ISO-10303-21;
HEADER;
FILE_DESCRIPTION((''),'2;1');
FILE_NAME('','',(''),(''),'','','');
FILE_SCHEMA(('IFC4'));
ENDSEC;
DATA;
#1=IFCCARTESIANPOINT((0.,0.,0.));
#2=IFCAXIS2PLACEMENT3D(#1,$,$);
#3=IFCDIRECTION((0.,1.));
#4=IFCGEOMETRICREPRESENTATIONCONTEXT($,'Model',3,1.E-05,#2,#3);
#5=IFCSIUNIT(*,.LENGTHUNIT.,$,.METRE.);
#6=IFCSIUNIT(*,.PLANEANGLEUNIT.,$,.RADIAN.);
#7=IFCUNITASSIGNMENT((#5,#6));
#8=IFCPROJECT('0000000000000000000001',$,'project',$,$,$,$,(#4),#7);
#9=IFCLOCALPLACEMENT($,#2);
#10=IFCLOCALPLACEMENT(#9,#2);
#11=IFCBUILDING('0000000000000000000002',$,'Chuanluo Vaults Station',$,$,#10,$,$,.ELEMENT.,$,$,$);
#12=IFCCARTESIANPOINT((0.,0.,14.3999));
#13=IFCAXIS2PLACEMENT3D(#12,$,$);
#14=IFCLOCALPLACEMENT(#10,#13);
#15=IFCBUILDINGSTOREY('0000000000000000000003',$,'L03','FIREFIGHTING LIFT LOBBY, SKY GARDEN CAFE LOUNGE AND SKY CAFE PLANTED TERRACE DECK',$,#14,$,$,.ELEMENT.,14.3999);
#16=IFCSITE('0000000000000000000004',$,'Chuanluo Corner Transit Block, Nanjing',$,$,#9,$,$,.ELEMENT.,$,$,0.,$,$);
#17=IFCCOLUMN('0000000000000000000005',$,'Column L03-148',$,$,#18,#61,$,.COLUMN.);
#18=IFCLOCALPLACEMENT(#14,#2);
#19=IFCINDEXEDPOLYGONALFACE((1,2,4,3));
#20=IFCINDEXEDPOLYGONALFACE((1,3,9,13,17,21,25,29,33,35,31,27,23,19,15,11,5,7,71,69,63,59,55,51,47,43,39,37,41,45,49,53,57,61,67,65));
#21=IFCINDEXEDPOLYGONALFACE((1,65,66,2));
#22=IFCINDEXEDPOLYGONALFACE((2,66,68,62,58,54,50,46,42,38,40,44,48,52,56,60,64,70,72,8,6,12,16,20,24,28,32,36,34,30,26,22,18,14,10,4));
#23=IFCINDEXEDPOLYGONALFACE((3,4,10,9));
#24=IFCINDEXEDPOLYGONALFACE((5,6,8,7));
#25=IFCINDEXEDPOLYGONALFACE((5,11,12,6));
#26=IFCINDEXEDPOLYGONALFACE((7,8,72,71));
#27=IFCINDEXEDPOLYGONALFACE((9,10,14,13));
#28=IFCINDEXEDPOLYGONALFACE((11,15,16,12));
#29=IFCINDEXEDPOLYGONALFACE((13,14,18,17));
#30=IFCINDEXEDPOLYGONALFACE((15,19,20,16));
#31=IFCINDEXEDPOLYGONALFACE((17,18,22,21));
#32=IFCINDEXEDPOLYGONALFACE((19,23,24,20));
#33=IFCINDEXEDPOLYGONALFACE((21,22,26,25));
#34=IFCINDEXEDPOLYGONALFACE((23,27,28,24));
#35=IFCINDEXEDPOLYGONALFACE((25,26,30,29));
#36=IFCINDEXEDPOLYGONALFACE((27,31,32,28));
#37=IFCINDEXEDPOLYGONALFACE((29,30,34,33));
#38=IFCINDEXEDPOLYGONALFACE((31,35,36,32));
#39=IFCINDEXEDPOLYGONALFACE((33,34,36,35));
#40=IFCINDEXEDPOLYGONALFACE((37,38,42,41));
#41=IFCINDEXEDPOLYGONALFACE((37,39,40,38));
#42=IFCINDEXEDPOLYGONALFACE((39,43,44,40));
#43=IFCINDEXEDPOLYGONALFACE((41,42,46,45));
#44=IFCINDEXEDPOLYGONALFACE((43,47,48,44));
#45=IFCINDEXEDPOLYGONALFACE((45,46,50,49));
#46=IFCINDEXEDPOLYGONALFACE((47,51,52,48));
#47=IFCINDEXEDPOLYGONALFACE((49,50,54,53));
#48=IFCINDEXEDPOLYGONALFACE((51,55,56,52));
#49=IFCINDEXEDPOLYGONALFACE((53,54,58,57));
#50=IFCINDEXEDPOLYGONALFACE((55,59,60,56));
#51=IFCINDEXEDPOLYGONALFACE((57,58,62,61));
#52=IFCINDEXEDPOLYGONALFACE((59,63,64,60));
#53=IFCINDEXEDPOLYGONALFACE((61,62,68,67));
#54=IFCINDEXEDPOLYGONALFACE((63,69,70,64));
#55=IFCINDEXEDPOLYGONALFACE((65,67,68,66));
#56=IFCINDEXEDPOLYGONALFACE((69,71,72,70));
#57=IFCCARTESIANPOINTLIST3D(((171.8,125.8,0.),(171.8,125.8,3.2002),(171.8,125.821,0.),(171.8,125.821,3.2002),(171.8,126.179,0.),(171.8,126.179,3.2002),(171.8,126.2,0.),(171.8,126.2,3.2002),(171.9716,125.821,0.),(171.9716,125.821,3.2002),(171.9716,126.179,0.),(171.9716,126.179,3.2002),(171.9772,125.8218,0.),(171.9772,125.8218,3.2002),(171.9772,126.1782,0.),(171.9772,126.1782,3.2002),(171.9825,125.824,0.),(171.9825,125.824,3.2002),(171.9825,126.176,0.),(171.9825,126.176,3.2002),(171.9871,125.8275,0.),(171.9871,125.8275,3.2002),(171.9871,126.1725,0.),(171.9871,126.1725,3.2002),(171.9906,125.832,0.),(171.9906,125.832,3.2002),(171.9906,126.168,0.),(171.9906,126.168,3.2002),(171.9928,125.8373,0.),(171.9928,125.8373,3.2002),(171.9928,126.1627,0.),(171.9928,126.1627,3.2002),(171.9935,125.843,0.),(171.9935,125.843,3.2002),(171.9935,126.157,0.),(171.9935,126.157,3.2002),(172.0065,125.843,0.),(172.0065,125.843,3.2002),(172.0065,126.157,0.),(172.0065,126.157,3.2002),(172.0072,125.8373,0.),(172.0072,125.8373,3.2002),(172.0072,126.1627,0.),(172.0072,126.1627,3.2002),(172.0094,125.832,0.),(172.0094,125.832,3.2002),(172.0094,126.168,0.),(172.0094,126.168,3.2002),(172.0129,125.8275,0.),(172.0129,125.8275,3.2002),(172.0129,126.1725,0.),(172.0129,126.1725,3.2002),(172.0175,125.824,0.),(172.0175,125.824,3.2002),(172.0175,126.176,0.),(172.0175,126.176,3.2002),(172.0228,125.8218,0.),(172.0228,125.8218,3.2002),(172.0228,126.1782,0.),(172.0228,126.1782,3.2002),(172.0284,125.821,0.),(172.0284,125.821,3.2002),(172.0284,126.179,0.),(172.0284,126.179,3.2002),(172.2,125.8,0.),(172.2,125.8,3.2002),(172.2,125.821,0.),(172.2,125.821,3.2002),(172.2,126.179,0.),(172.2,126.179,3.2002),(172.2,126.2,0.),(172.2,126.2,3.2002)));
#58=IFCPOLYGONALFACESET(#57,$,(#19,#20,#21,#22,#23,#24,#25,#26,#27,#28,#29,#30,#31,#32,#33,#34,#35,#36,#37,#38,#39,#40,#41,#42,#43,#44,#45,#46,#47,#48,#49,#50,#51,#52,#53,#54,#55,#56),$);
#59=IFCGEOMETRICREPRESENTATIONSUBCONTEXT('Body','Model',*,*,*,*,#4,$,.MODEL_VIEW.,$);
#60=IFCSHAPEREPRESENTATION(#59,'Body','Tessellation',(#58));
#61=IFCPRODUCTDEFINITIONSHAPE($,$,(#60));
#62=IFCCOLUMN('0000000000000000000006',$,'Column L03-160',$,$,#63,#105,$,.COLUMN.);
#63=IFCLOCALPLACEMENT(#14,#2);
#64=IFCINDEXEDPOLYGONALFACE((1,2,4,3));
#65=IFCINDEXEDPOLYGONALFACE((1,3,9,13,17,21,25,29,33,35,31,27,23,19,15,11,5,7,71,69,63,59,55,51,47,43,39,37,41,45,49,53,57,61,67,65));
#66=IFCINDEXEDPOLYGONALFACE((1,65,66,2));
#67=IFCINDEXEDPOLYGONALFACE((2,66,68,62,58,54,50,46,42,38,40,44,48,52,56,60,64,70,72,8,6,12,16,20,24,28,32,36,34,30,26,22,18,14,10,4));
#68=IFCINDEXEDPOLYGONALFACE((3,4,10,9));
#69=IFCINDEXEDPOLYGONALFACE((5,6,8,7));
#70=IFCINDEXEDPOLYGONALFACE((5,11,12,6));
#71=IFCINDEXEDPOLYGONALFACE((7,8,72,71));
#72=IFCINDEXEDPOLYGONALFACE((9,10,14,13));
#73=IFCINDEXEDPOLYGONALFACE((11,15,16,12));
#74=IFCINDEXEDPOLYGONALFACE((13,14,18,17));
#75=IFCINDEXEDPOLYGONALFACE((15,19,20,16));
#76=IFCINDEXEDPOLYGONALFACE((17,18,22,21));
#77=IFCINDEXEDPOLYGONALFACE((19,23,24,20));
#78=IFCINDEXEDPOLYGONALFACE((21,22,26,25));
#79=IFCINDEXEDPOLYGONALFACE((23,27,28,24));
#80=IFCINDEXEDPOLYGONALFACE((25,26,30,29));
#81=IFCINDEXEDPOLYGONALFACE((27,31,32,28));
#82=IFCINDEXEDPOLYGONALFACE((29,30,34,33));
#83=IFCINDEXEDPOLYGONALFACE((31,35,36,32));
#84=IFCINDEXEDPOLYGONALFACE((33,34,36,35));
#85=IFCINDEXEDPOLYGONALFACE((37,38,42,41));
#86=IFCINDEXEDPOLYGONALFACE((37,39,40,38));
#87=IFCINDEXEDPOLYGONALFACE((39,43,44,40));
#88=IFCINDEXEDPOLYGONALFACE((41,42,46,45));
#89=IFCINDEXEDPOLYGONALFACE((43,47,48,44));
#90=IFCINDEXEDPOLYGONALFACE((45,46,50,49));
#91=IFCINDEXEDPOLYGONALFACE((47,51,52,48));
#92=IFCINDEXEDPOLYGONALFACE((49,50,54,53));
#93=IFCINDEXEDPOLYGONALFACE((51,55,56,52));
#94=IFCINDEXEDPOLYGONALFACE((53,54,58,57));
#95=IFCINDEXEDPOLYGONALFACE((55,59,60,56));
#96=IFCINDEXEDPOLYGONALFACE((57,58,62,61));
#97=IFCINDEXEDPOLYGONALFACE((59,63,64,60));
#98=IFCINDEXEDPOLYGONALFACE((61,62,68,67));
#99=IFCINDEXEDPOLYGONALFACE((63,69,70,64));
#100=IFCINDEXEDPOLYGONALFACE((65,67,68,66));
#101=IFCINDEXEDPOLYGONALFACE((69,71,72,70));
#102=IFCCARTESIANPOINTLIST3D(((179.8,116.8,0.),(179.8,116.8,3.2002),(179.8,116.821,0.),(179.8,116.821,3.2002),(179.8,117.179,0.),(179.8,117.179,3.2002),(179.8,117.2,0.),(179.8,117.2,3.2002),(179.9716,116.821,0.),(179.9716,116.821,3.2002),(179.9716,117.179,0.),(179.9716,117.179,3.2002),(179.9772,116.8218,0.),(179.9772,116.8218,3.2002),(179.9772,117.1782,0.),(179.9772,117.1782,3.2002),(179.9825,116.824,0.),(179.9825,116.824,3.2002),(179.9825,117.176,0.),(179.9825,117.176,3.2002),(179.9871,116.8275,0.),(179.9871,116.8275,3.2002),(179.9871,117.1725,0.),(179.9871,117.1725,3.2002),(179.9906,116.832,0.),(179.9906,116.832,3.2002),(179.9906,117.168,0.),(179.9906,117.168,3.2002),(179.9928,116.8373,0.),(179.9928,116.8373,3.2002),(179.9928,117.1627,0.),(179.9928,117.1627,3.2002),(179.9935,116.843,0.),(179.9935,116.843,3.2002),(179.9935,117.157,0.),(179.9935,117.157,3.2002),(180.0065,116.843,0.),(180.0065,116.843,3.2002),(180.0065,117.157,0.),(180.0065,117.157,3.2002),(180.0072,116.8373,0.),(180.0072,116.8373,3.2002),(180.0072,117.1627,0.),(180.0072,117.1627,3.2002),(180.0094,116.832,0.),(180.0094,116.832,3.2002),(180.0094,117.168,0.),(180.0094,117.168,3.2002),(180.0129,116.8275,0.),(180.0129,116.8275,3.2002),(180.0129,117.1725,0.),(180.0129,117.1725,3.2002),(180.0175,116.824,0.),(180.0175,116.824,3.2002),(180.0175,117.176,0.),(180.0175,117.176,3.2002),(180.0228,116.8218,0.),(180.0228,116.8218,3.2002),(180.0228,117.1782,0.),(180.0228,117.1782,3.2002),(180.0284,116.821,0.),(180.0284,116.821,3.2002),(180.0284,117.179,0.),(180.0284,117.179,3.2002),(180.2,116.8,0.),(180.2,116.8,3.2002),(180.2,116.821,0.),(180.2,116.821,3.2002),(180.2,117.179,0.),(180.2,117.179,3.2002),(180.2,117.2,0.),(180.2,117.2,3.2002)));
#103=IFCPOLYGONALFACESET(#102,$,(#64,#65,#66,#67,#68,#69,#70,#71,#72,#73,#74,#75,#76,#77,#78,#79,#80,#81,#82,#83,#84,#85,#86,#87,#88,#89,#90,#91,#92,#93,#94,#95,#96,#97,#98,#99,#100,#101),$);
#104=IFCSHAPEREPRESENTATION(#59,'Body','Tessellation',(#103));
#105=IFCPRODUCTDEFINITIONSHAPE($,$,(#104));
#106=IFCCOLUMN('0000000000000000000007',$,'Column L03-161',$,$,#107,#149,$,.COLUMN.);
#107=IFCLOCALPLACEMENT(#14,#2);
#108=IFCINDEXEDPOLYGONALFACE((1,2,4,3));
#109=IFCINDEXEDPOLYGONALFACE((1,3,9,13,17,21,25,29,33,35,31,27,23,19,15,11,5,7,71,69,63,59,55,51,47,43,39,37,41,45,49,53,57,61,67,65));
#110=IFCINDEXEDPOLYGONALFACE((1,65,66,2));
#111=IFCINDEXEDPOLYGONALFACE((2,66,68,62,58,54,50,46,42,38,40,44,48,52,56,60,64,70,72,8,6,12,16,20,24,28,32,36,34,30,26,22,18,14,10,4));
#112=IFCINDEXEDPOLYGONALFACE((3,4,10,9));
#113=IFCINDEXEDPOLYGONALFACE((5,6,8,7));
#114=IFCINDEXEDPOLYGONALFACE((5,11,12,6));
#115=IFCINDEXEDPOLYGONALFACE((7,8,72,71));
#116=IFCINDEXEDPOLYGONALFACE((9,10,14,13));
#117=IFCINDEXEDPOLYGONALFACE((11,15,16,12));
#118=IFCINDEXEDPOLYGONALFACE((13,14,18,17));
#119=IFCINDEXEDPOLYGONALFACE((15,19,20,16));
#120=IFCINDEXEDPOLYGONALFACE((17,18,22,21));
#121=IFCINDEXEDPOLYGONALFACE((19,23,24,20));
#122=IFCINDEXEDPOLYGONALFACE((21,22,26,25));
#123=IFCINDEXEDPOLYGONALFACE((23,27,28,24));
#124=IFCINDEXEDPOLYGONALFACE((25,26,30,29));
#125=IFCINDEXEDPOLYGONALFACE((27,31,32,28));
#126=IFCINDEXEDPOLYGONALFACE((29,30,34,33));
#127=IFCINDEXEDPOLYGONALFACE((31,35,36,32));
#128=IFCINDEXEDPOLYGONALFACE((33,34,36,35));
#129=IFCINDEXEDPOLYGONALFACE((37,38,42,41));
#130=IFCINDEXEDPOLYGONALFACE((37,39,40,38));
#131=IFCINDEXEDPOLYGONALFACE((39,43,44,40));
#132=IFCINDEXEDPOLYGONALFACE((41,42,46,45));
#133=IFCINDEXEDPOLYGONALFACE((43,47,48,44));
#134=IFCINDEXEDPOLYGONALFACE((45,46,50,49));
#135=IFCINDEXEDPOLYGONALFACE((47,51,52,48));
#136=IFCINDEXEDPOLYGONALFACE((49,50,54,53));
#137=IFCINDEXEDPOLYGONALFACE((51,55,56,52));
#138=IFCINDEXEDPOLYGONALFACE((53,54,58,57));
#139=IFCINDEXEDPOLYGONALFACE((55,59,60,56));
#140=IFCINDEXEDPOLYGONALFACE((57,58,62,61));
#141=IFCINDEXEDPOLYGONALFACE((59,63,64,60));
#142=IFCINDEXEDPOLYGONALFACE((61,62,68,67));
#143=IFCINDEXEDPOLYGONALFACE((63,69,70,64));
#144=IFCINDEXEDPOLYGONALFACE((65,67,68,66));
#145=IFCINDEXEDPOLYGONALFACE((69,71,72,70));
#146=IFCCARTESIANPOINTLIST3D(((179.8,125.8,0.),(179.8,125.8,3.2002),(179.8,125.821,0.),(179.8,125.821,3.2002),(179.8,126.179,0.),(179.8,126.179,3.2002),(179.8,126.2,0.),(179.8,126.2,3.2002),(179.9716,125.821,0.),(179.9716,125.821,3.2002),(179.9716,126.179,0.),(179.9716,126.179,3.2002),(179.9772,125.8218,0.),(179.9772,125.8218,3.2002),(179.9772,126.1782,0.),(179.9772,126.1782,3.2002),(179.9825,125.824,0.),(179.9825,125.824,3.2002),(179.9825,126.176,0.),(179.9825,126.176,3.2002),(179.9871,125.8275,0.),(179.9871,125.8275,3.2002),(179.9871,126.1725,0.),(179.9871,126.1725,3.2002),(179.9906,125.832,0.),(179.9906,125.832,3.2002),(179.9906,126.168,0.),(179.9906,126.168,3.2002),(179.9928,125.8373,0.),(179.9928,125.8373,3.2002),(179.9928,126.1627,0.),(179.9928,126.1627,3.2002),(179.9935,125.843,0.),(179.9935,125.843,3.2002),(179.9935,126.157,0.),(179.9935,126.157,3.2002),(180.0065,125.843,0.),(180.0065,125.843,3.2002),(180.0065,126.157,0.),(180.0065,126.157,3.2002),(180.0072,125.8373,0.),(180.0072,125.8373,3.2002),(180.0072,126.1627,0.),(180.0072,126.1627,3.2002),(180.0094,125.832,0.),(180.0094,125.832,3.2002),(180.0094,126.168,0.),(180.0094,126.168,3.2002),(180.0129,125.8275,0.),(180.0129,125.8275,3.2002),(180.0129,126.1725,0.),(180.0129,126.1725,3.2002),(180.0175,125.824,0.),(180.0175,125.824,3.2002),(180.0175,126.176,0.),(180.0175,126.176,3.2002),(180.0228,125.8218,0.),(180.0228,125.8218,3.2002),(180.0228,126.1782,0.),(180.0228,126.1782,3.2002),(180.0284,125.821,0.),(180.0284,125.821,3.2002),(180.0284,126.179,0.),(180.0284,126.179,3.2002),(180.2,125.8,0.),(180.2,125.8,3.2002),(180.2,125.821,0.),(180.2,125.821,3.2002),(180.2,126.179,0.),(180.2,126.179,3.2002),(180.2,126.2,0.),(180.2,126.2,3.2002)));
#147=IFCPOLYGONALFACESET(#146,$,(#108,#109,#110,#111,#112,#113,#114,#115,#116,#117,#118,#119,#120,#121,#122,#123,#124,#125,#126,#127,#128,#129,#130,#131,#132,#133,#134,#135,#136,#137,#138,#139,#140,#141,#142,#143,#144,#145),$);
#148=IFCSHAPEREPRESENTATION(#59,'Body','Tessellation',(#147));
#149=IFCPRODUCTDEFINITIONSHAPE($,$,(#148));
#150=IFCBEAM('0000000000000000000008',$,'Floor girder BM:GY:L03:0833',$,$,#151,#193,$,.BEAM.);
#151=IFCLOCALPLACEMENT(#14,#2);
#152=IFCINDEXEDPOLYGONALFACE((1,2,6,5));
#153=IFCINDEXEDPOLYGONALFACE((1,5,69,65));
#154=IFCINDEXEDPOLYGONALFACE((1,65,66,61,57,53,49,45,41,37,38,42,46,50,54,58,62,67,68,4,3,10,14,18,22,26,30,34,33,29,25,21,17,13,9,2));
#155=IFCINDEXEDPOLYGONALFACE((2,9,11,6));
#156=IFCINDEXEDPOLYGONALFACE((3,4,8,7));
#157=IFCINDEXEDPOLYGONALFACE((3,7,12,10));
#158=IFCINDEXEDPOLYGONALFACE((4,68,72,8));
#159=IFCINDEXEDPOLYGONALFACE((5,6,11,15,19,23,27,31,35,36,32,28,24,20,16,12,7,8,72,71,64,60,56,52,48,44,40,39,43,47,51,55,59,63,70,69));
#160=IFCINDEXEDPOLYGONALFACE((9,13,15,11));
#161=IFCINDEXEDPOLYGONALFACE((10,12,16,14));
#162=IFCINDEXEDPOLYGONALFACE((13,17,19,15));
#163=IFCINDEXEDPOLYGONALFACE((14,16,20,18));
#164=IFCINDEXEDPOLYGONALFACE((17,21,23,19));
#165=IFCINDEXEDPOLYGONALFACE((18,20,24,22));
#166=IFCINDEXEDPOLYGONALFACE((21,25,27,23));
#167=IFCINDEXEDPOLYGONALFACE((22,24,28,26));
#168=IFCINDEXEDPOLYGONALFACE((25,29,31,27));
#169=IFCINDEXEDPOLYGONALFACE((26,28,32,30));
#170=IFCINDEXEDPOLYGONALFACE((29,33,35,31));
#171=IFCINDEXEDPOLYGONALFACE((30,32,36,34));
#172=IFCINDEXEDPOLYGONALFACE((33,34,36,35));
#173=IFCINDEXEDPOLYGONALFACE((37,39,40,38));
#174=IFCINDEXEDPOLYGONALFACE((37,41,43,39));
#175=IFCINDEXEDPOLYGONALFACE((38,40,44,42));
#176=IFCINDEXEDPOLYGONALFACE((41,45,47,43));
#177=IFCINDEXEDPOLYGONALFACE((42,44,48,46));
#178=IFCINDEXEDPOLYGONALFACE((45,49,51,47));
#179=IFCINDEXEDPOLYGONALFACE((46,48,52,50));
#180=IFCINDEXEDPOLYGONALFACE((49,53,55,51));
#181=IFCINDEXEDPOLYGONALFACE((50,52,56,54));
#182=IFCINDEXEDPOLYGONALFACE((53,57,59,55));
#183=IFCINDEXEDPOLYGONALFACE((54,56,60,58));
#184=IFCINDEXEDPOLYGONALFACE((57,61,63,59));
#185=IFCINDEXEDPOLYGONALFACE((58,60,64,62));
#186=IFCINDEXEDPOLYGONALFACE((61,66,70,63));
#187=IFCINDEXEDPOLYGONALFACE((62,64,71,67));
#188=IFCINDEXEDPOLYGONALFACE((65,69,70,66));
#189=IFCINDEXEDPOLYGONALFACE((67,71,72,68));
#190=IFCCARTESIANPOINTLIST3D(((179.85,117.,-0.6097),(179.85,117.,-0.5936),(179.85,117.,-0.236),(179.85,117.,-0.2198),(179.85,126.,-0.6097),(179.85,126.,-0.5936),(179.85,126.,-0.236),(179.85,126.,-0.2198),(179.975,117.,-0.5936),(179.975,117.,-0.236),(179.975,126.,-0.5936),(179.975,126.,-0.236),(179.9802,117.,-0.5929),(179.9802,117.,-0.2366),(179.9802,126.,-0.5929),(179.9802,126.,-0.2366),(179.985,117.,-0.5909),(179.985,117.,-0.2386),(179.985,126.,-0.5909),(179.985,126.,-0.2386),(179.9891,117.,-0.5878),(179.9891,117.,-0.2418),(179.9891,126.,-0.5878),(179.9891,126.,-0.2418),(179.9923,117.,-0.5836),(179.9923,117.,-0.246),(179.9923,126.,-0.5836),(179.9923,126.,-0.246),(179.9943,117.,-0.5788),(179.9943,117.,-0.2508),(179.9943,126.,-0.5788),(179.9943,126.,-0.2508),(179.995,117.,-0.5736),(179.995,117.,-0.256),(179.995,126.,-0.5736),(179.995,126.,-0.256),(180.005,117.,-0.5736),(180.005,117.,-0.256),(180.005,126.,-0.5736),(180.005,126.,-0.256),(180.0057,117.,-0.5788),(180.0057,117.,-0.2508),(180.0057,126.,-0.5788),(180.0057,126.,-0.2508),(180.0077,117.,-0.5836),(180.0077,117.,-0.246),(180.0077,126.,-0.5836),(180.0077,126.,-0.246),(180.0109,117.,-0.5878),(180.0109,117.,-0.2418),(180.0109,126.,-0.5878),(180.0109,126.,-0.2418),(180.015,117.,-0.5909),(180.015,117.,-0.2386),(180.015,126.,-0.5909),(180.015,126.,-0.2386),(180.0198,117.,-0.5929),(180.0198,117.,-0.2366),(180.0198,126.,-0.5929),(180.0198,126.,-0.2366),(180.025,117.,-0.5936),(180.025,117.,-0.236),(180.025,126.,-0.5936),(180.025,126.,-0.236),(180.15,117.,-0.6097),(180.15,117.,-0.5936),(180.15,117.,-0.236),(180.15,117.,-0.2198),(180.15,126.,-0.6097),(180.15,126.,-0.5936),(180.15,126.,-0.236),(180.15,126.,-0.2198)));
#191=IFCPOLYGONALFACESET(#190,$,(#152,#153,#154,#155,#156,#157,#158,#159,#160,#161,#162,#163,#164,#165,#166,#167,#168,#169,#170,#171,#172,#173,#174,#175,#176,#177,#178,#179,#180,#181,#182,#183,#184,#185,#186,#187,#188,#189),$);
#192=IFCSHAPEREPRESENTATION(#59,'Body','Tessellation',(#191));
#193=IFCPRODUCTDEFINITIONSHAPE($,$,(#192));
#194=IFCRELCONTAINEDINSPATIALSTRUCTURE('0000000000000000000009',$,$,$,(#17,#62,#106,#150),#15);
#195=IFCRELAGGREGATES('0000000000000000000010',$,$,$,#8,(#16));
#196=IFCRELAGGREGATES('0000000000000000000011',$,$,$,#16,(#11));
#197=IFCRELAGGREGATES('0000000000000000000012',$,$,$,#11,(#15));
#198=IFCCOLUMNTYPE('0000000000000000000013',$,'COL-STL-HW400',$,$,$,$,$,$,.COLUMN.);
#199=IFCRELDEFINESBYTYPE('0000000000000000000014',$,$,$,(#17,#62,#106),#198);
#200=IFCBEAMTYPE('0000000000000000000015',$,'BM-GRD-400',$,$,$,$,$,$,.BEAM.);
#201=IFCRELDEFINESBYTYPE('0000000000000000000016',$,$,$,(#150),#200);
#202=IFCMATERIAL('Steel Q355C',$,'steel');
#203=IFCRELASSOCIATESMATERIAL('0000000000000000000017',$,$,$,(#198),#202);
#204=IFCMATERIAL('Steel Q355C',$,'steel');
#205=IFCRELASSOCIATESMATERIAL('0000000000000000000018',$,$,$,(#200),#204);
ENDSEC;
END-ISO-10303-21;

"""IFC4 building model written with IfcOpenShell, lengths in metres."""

from ifc_helpers import new_model, si_unit, direction, frame, origin, origin_2d, place, context, subcontext, project, spatial, i_section, extrude, material, material_profile, profile_set, type_object, element, save


model = new_model("IFC4")

# Units and contexts
model_context = context("Model", 3, precision=1e-05, world=origin(), true_north=direction((0.0, 1.0)))
body_context = subcontext(model_context, "Body", "Model", "MODEL_VIEW")
ifc_project = project(units=[si_unit("LENGTHUNIT", "METRE"), si_unit("PLANEANGLEUNIT", "RADIAN")], contexts=[model_context])

# Site, building, storey
site_placement = place(None, origin())
site = spatial("IfcSite", under=ifc_project, at=site_placement, Name="Chuanluo Corner Transit Block, Nanjing", CompositionType="ELEMENT", RefElevation=0.0)
building_placement = place(site_placement, origin())
building = spatial("IfcBuilding", under=site, at=building_placement, Name="Chuanluo Vaults Station", CompositionType="ELEMENT")
storey_placement = place(building_placement, frame((0.0, 0.0, 14.3999)))
storey = spatial("IfcBuildingStorey", under=building, at=storey_placement, Name="L03", Description="FIREFIGHTING LIFT LOBBY, SKY GARDEN CAFE LOUNGE AND SKY CAFE PLANTED TERRACE DECK", CompositionType="ELEMENT", Elevation=14.3999)

# Columns
ifc_material_1 = material(Name="Steel Q355C", Category="steel")
ifc_material_profile_1 = material_profile(ifc_material_1, i_section(OverallWidth=0.3999, OverallDepth=0.3999, WebThickness=0.0129, FlangeThickness=0.021, FilletRadius=0.022, at=origin_2d()))
ifc_profile_set_1 = profile_set([ifc_material_profile_1], Name="Steel Q355C")
column_type = type_object("IfcColumnType", Name="COL-STL-HW400", PredefinedType="COLUMN", material=ifc_profile_set_1)
for number, where, z_axis, x_axis, name in (
    (1, (172.0, 126.0, 0.0), (0.0, 0.0, 1.0), (1.0, 0.0, 0.0), "Column L03-148"),
    (2, (180.0, 117.0, 0.0), (0.0, 0.0, 1.0), (1.0, 0.0, 0.0), "Column L03-160"),
    (3, (180.0, 126.0, 0.0), (0.0, 0.0, 1.0), (1.0, 0.0, 0.0), "Column L03-161"),
):
    element("IfcColumn", number, at=place(storey_placement, frame(where, z_axis=z_axis, x_axis=x_axis)), inside=storey, type_object=column_type, Name=name, PredefinedType="COLUMN", context=body_context, shape_type="SweptSolid", body=[
        extrude(i_section(OverallWidth=0.3999, OverallDepth=0.3999, WebThickness=0.0129, FlangeThickness=0.021, FilletRadius=0.022, at=origin_2d()), origin(), (0.0, 0.0, 1.0), 3.2002),
    ])

# Beam
ifc_material_2 = material(Name="Steel Q355C", Category="steel")
ifc_material_profile_2 = material_profile(ifc_material_2, i_section(OverallWidth=0.3, OverallDepth=0.3899, WebThickness=0.01, FlangeThickness=0.0161, FilletRadius=0.02, at=origin_2d()))
ifc_profile_set_2 = profile_set([ifc_material_profile_2], Name="Steel Q355C")
beam_type_1 = type_object("IfcBeamType", Name="BM-GRD-400", PredefinedType="BEAM", material=ifc_profile_set_2)
beam_1_placement = place(storey_placement, frame((180.0, 117.0, -0.4148), z_axis=(0.0, 1.0, 0.0), x_axis=(-1.0, 0.0, 0.0)))
element("IfcBeam", 4, at=beam_1_placement, inside=storey, type_object=beam_type_1, Name="Floor girder BM:GY:L03:0833", PredefinedType="BEAM", context=body_context, shape_type="SweptSolid", body=[
    extrude(i_section(OverallWidth=0.3, OverallDepth=0.3899, WebThickness=0.01, FlangeThickness=0.0161, FilletRadius=0.02, at=origin_2d()), origin(), (0.0, 0.0, 1.0), 9.0),
])

save(model, "model.ifc")
